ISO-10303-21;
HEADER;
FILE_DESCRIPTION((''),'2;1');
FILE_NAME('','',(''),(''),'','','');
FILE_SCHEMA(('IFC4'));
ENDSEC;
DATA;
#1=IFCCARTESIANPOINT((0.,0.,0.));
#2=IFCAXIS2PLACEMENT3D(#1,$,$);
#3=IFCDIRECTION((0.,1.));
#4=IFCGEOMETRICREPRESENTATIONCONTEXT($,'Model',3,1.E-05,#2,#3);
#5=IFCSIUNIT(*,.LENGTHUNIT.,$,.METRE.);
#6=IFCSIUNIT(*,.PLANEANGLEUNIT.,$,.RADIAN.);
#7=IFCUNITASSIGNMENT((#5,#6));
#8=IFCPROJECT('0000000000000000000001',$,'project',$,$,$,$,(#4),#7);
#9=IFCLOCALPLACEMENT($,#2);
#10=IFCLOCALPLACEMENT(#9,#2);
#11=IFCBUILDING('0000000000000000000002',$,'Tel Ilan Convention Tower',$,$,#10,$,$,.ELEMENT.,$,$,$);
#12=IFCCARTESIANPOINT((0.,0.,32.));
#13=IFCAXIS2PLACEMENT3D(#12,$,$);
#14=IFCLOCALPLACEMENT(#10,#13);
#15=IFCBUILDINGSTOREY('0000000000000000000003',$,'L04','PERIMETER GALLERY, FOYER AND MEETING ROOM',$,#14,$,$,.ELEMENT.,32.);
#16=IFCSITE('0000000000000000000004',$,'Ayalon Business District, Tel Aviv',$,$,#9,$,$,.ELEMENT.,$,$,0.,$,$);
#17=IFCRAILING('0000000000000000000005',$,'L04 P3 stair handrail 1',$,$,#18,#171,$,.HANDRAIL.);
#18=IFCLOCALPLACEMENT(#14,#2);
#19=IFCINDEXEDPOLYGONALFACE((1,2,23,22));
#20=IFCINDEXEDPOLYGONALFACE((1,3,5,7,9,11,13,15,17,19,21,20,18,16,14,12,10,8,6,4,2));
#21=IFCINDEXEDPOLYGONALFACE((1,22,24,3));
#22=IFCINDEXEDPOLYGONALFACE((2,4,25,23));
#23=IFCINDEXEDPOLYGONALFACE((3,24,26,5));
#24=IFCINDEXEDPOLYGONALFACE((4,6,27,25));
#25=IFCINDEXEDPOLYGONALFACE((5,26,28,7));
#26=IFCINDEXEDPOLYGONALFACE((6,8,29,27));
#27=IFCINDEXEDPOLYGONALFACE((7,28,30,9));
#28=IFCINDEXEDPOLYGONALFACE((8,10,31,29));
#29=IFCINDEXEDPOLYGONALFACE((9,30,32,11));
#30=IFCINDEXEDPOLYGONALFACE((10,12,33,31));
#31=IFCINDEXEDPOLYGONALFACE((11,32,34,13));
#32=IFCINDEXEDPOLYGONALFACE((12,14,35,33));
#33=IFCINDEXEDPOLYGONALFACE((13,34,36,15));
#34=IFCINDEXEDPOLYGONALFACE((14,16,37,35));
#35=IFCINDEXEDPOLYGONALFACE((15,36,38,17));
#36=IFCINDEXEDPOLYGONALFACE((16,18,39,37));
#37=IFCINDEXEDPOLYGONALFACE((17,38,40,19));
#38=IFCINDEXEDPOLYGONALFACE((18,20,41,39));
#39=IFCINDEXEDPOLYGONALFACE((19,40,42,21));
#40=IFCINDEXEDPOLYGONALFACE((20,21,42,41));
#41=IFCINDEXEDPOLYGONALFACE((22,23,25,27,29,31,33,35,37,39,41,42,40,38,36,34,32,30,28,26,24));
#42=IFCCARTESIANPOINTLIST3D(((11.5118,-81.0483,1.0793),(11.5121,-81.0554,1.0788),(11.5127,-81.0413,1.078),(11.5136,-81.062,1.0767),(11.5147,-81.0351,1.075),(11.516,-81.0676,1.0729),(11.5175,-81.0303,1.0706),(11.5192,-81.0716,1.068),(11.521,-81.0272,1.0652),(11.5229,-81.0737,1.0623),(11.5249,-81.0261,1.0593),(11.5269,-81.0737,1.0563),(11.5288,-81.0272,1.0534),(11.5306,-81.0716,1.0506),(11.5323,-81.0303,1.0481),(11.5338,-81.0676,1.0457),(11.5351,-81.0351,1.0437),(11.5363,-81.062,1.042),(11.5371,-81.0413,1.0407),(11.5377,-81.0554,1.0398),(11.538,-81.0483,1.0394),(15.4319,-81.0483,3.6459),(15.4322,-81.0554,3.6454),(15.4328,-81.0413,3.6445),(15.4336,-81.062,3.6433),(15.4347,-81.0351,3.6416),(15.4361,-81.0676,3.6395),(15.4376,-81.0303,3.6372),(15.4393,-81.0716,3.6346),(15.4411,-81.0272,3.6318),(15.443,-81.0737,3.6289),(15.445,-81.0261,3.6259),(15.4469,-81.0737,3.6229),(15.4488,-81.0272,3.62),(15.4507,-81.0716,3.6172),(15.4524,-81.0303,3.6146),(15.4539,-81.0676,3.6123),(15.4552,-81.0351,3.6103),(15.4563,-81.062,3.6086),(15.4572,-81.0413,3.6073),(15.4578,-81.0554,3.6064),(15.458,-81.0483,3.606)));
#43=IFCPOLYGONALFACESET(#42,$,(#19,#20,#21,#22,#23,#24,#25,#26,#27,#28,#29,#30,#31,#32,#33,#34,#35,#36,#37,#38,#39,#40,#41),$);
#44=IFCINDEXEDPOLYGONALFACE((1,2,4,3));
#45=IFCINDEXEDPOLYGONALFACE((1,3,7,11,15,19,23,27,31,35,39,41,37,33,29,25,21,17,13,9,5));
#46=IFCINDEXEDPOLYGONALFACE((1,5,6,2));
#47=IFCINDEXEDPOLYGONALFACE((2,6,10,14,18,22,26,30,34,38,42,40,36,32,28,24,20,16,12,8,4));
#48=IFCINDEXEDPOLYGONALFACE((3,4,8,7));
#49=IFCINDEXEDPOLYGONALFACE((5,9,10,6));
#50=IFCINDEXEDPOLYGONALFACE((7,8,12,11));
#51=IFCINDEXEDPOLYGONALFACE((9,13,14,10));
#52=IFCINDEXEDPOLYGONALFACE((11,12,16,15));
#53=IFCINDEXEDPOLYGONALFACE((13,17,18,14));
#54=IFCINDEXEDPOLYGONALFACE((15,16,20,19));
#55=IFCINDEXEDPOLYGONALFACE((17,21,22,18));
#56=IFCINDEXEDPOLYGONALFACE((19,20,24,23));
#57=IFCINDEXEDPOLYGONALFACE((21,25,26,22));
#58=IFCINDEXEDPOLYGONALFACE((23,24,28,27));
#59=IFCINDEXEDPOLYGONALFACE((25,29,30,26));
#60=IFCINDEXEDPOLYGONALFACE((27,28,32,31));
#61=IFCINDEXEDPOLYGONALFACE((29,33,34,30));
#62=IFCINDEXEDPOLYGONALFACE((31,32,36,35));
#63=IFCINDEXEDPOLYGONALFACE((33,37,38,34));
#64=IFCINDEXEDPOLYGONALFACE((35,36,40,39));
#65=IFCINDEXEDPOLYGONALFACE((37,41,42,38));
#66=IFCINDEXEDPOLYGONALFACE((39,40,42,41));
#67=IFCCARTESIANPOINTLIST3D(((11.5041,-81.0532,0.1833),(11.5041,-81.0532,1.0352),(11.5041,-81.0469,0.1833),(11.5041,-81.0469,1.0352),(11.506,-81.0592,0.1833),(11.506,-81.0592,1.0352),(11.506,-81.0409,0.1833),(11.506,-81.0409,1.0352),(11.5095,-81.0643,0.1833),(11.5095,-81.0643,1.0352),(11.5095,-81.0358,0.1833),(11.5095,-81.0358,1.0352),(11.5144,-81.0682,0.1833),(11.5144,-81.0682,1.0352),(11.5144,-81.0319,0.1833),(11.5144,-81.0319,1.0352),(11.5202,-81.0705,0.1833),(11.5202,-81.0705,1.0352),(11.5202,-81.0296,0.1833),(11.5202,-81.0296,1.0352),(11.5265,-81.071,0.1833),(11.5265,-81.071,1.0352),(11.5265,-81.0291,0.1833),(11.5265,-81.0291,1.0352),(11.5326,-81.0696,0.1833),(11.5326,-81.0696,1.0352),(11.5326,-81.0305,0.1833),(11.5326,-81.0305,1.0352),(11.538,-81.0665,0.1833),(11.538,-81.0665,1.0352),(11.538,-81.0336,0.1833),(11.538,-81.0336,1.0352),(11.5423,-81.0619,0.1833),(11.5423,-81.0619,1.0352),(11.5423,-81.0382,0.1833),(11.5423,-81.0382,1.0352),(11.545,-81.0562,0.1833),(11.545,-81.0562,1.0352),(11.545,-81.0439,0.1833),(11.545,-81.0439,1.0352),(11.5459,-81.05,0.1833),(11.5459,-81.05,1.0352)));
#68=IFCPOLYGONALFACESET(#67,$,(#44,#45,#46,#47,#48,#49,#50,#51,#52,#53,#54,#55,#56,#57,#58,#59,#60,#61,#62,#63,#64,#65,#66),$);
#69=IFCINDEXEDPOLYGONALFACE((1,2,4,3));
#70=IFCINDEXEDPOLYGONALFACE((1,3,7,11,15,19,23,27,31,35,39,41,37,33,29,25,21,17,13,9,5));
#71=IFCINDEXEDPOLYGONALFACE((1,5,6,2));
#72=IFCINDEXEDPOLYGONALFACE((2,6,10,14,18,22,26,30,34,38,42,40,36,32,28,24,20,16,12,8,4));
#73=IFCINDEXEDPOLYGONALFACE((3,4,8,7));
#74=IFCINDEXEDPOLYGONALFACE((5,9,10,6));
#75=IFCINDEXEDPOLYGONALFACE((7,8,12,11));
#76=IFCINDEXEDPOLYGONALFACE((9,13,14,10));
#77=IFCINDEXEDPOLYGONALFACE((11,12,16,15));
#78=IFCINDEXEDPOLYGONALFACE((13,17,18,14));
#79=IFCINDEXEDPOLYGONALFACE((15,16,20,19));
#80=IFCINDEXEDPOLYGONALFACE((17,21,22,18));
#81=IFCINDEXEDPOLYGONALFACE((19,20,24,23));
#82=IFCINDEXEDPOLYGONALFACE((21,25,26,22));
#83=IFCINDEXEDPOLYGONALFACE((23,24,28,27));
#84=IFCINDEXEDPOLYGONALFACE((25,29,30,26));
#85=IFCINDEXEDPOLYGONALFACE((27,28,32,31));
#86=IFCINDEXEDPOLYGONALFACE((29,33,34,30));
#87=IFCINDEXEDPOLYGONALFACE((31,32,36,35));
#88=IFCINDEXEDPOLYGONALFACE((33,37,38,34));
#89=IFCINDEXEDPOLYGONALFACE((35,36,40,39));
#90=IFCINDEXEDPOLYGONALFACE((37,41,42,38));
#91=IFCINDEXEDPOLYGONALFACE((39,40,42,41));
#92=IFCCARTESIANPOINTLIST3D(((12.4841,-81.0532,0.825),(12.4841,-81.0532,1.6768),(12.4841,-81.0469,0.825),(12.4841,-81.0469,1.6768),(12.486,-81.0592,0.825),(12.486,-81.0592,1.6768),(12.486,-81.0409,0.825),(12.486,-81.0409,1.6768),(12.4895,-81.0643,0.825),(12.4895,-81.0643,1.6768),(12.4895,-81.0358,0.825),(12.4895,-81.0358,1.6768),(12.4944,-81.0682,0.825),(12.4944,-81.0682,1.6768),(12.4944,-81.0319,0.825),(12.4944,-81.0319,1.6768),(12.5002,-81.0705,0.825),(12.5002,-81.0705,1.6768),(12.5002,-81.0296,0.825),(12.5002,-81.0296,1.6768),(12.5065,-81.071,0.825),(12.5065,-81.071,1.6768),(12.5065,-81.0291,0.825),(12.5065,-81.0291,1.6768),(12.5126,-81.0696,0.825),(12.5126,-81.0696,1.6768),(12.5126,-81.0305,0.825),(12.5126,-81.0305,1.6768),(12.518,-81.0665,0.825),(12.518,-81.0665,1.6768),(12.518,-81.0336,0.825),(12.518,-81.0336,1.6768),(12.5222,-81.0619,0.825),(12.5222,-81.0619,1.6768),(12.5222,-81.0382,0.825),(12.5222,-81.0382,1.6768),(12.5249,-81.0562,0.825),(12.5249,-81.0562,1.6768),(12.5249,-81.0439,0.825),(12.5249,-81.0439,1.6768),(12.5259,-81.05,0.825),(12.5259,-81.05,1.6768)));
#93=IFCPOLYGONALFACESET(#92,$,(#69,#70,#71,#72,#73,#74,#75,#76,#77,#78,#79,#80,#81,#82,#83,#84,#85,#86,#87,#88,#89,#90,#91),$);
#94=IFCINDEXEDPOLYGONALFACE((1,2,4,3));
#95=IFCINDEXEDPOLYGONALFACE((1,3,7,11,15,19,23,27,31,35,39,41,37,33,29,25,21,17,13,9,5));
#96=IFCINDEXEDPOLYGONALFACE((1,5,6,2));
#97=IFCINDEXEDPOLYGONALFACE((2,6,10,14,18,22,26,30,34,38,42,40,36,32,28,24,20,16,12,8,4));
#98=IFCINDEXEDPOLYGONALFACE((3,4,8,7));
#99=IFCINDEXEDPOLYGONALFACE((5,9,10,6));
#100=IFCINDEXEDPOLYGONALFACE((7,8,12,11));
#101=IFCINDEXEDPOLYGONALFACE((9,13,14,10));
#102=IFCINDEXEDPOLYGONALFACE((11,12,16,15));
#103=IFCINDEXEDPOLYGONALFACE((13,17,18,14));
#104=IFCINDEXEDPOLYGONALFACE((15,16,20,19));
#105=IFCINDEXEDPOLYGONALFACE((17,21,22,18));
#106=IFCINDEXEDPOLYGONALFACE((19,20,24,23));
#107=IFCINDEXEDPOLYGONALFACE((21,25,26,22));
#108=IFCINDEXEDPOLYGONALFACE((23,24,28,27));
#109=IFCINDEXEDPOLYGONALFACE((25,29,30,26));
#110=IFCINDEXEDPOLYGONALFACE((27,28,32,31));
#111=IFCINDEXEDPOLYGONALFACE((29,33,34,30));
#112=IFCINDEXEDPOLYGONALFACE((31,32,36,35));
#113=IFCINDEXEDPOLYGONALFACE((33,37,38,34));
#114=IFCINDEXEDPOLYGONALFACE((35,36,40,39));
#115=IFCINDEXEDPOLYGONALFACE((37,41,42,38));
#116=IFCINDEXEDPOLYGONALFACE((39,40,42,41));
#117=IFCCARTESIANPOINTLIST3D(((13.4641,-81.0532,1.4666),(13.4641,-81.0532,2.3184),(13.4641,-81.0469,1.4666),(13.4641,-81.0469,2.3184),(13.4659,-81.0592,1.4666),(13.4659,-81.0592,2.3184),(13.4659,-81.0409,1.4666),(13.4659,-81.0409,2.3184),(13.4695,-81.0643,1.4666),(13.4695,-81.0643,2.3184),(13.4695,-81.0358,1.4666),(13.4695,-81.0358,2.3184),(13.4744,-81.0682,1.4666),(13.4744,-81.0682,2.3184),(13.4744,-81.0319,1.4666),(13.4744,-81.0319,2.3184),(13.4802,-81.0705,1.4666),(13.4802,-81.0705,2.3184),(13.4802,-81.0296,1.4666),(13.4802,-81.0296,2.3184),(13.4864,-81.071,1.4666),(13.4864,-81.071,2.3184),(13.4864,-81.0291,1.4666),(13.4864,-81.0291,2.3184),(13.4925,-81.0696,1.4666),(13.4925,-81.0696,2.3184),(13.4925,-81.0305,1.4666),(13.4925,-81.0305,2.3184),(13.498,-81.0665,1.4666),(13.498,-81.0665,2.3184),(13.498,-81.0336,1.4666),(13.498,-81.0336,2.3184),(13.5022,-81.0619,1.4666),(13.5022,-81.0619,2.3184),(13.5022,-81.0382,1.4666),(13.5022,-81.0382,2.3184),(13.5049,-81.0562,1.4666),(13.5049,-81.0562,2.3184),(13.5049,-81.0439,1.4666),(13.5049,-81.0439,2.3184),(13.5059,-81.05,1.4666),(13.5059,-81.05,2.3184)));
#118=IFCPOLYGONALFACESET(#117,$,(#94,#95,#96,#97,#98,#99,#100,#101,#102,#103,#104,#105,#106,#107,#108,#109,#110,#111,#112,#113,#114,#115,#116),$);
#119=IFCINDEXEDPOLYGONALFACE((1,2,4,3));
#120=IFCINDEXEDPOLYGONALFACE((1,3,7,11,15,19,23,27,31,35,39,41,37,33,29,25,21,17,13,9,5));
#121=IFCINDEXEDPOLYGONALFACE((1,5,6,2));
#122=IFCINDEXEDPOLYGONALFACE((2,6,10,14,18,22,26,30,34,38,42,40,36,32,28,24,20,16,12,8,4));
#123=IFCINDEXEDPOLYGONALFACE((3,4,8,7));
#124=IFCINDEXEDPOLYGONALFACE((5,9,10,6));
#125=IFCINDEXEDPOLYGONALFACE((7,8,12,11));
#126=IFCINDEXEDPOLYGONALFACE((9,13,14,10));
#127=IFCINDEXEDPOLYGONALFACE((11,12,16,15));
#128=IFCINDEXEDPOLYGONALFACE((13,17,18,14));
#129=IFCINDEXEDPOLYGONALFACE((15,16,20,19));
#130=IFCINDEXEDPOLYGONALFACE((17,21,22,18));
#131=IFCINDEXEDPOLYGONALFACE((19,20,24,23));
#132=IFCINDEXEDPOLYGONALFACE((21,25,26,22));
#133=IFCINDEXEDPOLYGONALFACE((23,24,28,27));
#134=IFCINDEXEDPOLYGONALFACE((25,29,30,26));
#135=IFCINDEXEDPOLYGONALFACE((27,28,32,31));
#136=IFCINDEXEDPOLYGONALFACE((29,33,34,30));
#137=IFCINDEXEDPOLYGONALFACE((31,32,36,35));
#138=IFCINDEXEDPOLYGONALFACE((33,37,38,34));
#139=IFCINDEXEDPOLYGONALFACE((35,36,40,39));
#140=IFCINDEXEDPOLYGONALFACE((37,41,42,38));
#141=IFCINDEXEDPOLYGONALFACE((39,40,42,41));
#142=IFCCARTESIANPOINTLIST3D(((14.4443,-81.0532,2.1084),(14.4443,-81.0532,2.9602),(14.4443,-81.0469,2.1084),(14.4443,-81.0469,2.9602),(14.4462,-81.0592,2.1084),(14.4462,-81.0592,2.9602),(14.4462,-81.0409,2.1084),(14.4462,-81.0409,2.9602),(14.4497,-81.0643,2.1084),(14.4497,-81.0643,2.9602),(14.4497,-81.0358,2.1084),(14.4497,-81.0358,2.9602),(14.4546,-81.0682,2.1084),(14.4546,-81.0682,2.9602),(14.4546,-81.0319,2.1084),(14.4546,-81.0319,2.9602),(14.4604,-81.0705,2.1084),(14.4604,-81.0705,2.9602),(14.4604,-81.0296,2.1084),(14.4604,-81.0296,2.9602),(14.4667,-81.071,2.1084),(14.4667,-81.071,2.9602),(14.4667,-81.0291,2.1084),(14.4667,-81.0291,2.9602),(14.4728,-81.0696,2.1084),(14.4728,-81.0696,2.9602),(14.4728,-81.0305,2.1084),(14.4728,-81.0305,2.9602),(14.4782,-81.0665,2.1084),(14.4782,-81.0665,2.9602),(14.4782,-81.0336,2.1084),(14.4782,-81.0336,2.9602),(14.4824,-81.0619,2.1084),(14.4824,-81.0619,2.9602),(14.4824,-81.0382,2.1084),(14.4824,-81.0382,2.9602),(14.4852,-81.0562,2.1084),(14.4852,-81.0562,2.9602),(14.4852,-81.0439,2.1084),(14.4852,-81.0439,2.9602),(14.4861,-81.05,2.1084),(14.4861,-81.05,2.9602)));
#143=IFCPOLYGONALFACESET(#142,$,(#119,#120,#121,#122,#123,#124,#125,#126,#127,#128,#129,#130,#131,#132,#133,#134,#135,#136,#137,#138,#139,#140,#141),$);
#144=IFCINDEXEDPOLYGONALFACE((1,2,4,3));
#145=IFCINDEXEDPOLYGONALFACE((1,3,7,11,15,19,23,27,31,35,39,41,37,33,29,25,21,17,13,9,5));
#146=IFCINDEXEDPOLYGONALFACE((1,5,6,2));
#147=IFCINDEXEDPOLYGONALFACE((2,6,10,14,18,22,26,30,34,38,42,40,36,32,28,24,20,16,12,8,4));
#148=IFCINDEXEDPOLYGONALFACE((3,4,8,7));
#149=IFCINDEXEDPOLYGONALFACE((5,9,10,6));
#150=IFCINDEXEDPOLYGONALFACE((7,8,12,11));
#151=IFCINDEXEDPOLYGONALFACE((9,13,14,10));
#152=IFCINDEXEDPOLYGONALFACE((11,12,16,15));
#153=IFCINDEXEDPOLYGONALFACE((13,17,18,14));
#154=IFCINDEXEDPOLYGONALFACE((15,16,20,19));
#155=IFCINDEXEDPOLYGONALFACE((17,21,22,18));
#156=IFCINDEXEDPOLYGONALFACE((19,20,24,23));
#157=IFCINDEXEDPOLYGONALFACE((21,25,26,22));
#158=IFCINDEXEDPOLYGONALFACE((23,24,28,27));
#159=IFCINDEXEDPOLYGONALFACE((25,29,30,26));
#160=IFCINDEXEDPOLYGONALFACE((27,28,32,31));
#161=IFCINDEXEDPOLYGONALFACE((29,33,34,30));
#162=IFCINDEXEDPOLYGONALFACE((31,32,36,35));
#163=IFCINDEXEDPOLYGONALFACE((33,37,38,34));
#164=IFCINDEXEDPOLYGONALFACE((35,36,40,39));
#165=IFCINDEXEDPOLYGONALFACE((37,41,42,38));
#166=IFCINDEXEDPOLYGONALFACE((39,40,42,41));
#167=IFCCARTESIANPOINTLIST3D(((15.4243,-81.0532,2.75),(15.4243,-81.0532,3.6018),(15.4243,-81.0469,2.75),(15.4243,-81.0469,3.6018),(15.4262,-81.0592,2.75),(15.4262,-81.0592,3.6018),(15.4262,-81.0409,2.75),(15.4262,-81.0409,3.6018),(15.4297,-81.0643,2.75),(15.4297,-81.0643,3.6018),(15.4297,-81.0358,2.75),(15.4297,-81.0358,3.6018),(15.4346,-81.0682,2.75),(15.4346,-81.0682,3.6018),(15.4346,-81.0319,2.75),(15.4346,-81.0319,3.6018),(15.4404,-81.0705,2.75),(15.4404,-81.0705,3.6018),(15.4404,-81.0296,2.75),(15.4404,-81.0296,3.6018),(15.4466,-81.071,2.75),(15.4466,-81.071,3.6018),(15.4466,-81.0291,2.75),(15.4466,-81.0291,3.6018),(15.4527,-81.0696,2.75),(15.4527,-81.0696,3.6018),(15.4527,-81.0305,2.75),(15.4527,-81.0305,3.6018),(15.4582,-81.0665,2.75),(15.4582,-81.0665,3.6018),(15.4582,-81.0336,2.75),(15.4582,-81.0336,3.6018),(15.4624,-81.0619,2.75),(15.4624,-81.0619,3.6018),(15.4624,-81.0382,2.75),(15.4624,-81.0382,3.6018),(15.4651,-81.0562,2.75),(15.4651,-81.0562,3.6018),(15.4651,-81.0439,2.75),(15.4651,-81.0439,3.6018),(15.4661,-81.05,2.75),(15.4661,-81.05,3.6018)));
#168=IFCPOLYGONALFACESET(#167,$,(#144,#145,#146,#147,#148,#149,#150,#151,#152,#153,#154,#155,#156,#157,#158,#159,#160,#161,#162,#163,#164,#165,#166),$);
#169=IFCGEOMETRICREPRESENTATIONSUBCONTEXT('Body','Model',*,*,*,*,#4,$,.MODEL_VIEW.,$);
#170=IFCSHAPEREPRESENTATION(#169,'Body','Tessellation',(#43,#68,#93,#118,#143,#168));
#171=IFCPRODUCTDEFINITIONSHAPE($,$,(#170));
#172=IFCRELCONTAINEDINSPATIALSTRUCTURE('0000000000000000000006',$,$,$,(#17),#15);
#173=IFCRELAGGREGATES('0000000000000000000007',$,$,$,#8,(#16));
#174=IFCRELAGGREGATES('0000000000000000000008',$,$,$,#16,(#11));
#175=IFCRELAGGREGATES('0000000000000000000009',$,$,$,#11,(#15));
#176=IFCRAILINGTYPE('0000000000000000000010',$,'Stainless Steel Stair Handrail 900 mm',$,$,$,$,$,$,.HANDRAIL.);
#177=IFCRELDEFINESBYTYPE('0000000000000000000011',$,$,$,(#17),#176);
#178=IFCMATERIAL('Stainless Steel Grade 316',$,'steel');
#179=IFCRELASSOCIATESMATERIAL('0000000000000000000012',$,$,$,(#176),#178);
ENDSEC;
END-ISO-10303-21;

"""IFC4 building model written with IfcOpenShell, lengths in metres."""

from ifc_helpers import new_model, si_unit, direction, frame, origin, origin_2d, place, context, subcontext, project, spatial, circle, extrude, material, type_object, element, save


model = new_model("IFC4")

# Units and contexts
model_context = context("Model", 3, precision=1e-05, world=origin(), true_north=direction((0.0, 1.0)))
body_context = subcontext(model_context, "Body", "Model", "MODEL_VIEW")
ifc_project = project(units=[si_unit("LENGTHUNIT", "METRE"), si_unit("PLANEANGLEUNIT", "RADIAN")], contexts=[model_context])

# Site, building, storey
site_placement = place(None, origin())
site = spatial("IfcSite", under=ifc_project, at=site_placement, Name="Ayalon Business District, Tel Aviv", CompositionType="ELEMENT", RefElevation=0.0)
building_placement = place(site_placement, origin())
building = spatial("IfcBuilding", under=site, at=building_placement, Name="Tel Ilan Convention Tower", CompositionType="ELEMENT")
storey_placement = place(building_placement, frame((0.0, 0.0, 32.0)))
storey = spatial("IfcBuildingStorey", under=building, at=storey_placement, Name="L04", Description="PERIMETER GALLERY, FOYER AND MEETING ROOM", CompositionType="ELEMENT", Elevation=32.0)

# Railing
ifc_material_1 = material(Name="Stainless Steel Grade 316", Category="steel")
railing_type_1 = type_object("IfcRailingType", Name="Stainless Steel Stair Handrail 900 mm", PredefinedType="HANDRAIL", material=ifc_material_1)
railing_1_placement = place(storey_placement, frame((11.5249, -81.05, 0.1833)))
element("IfcRailing", 1, at=railing_1_placement, inside=storey, type_object=railing_type_1, Name="L04 P3 stair handrail 1", PredefinedType="HANDRAIL", context=body_context, shape_type="SweptSolid", body=[
    extrude(circle(Radius=0.0239, at=origin_2d()), frame((0.0, 0.0, 0.876), z_axis=(0.836631, 0.0, 0.547767), x_axis=(0.0, 1.0, 0.0)), (0.0, 0.0, 1.0), 4.6855),
    extrude(circle(Radius=0.021, at=origin_2d()), origin(), (0.0, 0.0, 1.0), 0.8518),
    extrude(circle(Radius=0.021, at=origin_2d()), frame((0.98, 0.0, 0.6416)), (0.0, 0.0, 1.0), 0.8518),
    extrude(circle(Radius=0.021, at=origin_2d()), frame((1.96, 0.0, 1.2832)), (0.0, 0.0, 1.0), 0.8518),
    extrude(circle(Radius=0.021, at=origin_2d()), frame((2.9402, 0.0, 1.925)), (0.0, 0.0, 1.0), 0.8518),
    extrude(circle(Radius=0.021, at=origin_2d()), frame((3.9202, 0.0, 2.5667)), (0.0, 0.0, 1.0), 0.8518),
])

save(model, "model.ifc")
